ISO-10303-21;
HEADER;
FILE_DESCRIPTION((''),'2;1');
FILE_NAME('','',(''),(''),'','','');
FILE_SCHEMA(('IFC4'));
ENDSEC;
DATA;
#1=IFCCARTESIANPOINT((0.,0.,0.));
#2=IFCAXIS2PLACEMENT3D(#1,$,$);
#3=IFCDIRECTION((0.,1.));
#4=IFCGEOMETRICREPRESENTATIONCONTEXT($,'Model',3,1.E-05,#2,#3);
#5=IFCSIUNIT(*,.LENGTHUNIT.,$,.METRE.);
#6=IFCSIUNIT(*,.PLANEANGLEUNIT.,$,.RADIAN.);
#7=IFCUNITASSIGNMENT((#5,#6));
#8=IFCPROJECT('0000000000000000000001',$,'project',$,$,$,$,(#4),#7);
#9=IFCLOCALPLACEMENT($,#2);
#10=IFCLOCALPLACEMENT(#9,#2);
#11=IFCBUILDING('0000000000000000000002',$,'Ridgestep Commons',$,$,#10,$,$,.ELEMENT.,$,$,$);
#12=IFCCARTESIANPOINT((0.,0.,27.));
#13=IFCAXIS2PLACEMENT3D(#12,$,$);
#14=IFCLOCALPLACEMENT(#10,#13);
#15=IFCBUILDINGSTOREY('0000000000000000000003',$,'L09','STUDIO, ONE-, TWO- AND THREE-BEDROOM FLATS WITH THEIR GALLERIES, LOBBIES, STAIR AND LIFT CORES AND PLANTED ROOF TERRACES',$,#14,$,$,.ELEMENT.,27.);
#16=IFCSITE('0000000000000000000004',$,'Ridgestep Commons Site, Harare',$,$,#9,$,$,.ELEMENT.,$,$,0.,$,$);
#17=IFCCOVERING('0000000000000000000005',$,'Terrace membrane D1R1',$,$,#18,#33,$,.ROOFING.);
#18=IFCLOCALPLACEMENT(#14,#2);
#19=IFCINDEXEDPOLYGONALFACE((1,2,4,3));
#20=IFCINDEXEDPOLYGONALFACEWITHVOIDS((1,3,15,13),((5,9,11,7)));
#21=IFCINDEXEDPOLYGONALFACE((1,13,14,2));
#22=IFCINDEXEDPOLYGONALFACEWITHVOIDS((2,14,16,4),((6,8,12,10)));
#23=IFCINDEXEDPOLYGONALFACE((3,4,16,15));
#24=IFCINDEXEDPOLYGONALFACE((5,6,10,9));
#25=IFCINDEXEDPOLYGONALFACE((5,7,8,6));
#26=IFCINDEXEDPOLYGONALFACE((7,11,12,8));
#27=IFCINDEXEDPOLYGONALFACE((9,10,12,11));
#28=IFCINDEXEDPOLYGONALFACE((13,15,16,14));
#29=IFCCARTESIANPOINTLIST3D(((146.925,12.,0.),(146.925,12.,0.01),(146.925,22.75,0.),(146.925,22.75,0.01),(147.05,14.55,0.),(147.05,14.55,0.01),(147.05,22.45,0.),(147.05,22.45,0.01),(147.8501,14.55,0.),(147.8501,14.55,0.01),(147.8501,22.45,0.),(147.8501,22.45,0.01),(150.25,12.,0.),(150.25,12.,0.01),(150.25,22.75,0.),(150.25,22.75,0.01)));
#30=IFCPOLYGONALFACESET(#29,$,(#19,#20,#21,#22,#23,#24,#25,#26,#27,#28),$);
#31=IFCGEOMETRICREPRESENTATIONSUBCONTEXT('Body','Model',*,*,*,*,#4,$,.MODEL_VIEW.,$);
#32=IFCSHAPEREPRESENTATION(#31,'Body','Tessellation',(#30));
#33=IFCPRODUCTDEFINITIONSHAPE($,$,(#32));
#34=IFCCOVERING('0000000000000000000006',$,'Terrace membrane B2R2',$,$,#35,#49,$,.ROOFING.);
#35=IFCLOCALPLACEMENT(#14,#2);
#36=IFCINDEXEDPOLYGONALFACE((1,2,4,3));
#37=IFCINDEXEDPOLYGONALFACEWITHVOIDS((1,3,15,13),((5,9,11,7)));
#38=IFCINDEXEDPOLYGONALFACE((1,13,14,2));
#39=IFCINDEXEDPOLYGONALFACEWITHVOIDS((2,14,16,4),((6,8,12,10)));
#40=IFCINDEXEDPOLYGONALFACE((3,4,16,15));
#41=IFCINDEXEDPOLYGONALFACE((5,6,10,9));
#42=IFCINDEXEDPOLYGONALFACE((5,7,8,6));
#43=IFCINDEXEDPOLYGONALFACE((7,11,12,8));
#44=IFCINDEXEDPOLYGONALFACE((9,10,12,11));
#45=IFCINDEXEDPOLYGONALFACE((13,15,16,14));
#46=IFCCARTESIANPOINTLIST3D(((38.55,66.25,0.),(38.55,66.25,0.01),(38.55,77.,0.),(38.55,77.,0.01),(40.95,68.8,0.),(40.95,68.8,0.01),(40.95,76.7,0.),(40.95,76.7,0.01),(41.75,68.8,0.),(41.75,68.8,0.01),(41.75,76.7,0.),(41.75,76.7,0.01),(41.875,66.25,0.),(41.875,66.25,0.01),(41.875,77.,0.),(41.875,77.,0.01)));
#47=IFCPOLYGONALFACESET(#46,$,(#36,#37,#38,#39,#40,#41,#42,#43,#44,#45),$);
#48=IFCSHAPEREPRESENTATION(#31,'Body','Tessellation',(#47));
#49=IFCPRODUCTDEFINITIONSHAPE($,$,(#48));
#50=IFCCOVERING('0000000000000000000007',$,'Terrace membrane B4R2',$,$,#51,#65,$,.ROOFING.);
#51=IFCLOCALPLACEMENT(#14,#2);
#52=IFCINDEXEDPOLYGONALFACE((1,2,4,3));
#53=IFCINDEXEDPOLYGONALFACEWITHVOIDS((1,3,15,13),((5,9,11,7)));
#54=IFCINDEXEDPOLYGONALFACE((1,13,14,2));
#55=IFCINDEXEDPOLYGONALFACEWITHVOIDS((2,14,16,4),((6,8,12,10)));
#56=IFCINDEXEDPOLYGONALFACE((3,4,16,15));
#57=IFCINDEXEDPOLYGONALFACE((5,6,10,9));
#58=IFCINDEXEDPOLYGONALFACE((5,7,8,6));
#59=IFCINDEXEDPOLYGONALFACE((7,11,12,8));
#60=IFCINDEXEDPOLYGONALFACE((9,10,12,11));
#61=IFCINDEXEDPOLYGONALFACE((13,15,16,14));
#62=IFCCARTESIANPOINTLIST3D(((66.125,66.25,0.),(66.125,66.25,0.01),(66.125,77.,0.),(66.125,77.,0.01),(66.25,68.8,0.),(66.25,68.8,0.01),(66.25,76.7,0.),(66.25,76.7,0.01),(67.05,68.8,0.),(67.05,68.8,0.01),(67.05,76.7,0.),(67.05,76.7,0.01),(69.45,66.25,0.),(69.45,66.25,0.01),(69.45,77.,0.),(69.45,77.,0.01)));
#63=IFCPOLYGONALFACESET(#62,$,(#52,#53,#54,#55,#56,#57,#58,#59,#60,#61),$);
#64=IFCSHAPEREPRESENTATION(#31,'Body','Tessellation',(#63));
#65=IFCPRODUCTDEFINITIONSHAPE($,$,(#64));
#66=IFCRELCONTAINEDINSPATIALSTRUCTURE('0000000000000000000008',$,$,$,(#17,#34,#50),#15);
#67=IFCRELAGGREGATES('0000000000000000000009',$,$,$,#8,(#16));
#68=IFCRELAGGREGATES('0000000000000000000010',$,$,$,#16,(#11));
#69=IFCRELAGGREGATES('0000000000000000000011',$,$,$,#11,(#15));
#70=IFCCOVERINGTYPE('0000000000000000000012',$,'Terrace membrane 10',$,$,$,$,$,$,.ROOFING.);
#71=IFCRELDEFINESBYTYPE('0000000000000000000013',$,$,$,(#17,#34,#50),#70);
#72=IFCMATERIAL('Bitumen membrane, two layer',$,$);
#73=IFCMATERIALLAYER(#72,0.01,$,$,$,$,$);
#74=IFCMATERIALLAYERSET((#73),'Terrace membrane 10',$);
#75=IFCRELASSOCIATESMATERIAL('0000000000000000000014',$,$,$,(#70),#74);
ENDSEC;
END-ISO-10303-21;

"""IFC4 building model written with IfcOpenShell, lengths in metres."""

from ifc_helpers import new_model, si_unit, direction, frame, origin, place, context, subcontext, project, spatial, polyline, outline, extrude, material, layer, layer_set, type_object, element, save


model = new_model("IFC4")

# Units and contexts
model_context = context("Model", 3, precision=1e-05, world=origin(), true_north=direction((0.0, 1.0)))
body_context = subcontext(model_context, "Body", "Model", "MODEL_VIEW")
ifc_project = project(units=[si_unit("LENGTHUNIT", "METRE"), si_unit("PLANEANGLEUNIT", "RADIAN")], contexts=[model_context])

# Site, building, storey
site_placement = place(None, origin())
site = spatial("IfcSite", under=ifc_project, at=site_placement, Name="Ridgestep Commons Site, Harare", CompositionType="ELEMENT", RefElevation=0.0)
building_placement = place(site_placement, origin())
building = spatial("IfcBuilding", under=site, at=building_placement, Name="Ridgestep Commons", CompositionType="ELEMENT")
storey_placement = place(building_placement, frame((0.0, 0.0, 27.0)))
storey = spatial("IfcBuildingStorey", under=building, at=storey_placement, Name="L09", Description="STUDIO, ONE-, TWO- AND THREE-BEDROOM FLATS WITH THEIR GALLERIES, LOBBIES, STAIR AND LIFT CORES AND PLANTED ROOF TERRACES", CompositionType="ELEMENT", Elevation=27.0)

# Coverings
ifc_material_1 = material(Name="Bitumen membrane, two layer")
ifc_layer_1 = layer(ifc_material_1, 0.01)
ifc_layer_set_1 = layer_set([ifc_layer_1], Name="Terrace membrane 10")
covering_type_1 = type_object("IfcCoveringType", Name="Terrace membrane 10", PredefinedType="ROOFING", material=ifc_layer_set_1)
covering_1_placement = place(storey_placement, origin())
element("IfcCovering", 1, at=covering_1_placement, inside=storey, type_object=covering_type_1, Name="Terrace membrane D1R1", PredefinedType="ROOFING", context=body_context, shape_type="SweptSolid", body=[
    extrude(outline(polyline([(150.25, 12.0), (150.25, 22.75), (146.925, 22.75), (146.925, 12.0), (150.25, 12.0)]), holes=[polyline([(147.8501, 14.55), (147.8501, 22.45), (147.05, 22.45), (147.05, 14.55), (147.8501, 14.55)])]), origin(), (0.0, 0.0, 1.0), 0.01),
])
covering_2_placement = place(storey_placement, origin())
element("IfcCovering", 2, at=covering_2_placement, inside=storey, type_object=covering_type_1, Name="Terrace membrane B2R2", PredefinedType="ROOFING", context=body_context, shape_type="SweptSolid", body=[
    extrude(outline(polyline([(41.875, 66.25), (41.875, 77.0), (38.55, 77.0), (38.55, 66.25), (41.875, 66.25)]), holes=[polyline([(41.75, 68.8), (41.75, 76.7), (40.95, 76.7), (40.95, 68.8), (41.75, 68.8)])]), origin(), (0.0, 0.0, 1.0), 0.01),
])
covering_3_placement = place(storey_placement, origin())
element("IfcCovering", 3, at=covering_3_placement, inside=storey, type_object=covering_type_1, Name="Terrace membrane B4R2", PredefinedType="ROOFING", context=body_context, shape_type="SweptSolid", body=[
    extrude(outline(polyline([(69.45, 66.25), (69.45, 77.0), (66.125, 77.0), (66.125, 66.25), (69.45, 66.25)]), holes=[polyline([(67.05, 68.8), (67.05, 76.7), (66.25, 76.7), (66.25, 68.8), (67.05, 68.8)])]), origin(), (0.0, 0.0, 1.0), 0.01),
])

save(model, "model.ifc")
